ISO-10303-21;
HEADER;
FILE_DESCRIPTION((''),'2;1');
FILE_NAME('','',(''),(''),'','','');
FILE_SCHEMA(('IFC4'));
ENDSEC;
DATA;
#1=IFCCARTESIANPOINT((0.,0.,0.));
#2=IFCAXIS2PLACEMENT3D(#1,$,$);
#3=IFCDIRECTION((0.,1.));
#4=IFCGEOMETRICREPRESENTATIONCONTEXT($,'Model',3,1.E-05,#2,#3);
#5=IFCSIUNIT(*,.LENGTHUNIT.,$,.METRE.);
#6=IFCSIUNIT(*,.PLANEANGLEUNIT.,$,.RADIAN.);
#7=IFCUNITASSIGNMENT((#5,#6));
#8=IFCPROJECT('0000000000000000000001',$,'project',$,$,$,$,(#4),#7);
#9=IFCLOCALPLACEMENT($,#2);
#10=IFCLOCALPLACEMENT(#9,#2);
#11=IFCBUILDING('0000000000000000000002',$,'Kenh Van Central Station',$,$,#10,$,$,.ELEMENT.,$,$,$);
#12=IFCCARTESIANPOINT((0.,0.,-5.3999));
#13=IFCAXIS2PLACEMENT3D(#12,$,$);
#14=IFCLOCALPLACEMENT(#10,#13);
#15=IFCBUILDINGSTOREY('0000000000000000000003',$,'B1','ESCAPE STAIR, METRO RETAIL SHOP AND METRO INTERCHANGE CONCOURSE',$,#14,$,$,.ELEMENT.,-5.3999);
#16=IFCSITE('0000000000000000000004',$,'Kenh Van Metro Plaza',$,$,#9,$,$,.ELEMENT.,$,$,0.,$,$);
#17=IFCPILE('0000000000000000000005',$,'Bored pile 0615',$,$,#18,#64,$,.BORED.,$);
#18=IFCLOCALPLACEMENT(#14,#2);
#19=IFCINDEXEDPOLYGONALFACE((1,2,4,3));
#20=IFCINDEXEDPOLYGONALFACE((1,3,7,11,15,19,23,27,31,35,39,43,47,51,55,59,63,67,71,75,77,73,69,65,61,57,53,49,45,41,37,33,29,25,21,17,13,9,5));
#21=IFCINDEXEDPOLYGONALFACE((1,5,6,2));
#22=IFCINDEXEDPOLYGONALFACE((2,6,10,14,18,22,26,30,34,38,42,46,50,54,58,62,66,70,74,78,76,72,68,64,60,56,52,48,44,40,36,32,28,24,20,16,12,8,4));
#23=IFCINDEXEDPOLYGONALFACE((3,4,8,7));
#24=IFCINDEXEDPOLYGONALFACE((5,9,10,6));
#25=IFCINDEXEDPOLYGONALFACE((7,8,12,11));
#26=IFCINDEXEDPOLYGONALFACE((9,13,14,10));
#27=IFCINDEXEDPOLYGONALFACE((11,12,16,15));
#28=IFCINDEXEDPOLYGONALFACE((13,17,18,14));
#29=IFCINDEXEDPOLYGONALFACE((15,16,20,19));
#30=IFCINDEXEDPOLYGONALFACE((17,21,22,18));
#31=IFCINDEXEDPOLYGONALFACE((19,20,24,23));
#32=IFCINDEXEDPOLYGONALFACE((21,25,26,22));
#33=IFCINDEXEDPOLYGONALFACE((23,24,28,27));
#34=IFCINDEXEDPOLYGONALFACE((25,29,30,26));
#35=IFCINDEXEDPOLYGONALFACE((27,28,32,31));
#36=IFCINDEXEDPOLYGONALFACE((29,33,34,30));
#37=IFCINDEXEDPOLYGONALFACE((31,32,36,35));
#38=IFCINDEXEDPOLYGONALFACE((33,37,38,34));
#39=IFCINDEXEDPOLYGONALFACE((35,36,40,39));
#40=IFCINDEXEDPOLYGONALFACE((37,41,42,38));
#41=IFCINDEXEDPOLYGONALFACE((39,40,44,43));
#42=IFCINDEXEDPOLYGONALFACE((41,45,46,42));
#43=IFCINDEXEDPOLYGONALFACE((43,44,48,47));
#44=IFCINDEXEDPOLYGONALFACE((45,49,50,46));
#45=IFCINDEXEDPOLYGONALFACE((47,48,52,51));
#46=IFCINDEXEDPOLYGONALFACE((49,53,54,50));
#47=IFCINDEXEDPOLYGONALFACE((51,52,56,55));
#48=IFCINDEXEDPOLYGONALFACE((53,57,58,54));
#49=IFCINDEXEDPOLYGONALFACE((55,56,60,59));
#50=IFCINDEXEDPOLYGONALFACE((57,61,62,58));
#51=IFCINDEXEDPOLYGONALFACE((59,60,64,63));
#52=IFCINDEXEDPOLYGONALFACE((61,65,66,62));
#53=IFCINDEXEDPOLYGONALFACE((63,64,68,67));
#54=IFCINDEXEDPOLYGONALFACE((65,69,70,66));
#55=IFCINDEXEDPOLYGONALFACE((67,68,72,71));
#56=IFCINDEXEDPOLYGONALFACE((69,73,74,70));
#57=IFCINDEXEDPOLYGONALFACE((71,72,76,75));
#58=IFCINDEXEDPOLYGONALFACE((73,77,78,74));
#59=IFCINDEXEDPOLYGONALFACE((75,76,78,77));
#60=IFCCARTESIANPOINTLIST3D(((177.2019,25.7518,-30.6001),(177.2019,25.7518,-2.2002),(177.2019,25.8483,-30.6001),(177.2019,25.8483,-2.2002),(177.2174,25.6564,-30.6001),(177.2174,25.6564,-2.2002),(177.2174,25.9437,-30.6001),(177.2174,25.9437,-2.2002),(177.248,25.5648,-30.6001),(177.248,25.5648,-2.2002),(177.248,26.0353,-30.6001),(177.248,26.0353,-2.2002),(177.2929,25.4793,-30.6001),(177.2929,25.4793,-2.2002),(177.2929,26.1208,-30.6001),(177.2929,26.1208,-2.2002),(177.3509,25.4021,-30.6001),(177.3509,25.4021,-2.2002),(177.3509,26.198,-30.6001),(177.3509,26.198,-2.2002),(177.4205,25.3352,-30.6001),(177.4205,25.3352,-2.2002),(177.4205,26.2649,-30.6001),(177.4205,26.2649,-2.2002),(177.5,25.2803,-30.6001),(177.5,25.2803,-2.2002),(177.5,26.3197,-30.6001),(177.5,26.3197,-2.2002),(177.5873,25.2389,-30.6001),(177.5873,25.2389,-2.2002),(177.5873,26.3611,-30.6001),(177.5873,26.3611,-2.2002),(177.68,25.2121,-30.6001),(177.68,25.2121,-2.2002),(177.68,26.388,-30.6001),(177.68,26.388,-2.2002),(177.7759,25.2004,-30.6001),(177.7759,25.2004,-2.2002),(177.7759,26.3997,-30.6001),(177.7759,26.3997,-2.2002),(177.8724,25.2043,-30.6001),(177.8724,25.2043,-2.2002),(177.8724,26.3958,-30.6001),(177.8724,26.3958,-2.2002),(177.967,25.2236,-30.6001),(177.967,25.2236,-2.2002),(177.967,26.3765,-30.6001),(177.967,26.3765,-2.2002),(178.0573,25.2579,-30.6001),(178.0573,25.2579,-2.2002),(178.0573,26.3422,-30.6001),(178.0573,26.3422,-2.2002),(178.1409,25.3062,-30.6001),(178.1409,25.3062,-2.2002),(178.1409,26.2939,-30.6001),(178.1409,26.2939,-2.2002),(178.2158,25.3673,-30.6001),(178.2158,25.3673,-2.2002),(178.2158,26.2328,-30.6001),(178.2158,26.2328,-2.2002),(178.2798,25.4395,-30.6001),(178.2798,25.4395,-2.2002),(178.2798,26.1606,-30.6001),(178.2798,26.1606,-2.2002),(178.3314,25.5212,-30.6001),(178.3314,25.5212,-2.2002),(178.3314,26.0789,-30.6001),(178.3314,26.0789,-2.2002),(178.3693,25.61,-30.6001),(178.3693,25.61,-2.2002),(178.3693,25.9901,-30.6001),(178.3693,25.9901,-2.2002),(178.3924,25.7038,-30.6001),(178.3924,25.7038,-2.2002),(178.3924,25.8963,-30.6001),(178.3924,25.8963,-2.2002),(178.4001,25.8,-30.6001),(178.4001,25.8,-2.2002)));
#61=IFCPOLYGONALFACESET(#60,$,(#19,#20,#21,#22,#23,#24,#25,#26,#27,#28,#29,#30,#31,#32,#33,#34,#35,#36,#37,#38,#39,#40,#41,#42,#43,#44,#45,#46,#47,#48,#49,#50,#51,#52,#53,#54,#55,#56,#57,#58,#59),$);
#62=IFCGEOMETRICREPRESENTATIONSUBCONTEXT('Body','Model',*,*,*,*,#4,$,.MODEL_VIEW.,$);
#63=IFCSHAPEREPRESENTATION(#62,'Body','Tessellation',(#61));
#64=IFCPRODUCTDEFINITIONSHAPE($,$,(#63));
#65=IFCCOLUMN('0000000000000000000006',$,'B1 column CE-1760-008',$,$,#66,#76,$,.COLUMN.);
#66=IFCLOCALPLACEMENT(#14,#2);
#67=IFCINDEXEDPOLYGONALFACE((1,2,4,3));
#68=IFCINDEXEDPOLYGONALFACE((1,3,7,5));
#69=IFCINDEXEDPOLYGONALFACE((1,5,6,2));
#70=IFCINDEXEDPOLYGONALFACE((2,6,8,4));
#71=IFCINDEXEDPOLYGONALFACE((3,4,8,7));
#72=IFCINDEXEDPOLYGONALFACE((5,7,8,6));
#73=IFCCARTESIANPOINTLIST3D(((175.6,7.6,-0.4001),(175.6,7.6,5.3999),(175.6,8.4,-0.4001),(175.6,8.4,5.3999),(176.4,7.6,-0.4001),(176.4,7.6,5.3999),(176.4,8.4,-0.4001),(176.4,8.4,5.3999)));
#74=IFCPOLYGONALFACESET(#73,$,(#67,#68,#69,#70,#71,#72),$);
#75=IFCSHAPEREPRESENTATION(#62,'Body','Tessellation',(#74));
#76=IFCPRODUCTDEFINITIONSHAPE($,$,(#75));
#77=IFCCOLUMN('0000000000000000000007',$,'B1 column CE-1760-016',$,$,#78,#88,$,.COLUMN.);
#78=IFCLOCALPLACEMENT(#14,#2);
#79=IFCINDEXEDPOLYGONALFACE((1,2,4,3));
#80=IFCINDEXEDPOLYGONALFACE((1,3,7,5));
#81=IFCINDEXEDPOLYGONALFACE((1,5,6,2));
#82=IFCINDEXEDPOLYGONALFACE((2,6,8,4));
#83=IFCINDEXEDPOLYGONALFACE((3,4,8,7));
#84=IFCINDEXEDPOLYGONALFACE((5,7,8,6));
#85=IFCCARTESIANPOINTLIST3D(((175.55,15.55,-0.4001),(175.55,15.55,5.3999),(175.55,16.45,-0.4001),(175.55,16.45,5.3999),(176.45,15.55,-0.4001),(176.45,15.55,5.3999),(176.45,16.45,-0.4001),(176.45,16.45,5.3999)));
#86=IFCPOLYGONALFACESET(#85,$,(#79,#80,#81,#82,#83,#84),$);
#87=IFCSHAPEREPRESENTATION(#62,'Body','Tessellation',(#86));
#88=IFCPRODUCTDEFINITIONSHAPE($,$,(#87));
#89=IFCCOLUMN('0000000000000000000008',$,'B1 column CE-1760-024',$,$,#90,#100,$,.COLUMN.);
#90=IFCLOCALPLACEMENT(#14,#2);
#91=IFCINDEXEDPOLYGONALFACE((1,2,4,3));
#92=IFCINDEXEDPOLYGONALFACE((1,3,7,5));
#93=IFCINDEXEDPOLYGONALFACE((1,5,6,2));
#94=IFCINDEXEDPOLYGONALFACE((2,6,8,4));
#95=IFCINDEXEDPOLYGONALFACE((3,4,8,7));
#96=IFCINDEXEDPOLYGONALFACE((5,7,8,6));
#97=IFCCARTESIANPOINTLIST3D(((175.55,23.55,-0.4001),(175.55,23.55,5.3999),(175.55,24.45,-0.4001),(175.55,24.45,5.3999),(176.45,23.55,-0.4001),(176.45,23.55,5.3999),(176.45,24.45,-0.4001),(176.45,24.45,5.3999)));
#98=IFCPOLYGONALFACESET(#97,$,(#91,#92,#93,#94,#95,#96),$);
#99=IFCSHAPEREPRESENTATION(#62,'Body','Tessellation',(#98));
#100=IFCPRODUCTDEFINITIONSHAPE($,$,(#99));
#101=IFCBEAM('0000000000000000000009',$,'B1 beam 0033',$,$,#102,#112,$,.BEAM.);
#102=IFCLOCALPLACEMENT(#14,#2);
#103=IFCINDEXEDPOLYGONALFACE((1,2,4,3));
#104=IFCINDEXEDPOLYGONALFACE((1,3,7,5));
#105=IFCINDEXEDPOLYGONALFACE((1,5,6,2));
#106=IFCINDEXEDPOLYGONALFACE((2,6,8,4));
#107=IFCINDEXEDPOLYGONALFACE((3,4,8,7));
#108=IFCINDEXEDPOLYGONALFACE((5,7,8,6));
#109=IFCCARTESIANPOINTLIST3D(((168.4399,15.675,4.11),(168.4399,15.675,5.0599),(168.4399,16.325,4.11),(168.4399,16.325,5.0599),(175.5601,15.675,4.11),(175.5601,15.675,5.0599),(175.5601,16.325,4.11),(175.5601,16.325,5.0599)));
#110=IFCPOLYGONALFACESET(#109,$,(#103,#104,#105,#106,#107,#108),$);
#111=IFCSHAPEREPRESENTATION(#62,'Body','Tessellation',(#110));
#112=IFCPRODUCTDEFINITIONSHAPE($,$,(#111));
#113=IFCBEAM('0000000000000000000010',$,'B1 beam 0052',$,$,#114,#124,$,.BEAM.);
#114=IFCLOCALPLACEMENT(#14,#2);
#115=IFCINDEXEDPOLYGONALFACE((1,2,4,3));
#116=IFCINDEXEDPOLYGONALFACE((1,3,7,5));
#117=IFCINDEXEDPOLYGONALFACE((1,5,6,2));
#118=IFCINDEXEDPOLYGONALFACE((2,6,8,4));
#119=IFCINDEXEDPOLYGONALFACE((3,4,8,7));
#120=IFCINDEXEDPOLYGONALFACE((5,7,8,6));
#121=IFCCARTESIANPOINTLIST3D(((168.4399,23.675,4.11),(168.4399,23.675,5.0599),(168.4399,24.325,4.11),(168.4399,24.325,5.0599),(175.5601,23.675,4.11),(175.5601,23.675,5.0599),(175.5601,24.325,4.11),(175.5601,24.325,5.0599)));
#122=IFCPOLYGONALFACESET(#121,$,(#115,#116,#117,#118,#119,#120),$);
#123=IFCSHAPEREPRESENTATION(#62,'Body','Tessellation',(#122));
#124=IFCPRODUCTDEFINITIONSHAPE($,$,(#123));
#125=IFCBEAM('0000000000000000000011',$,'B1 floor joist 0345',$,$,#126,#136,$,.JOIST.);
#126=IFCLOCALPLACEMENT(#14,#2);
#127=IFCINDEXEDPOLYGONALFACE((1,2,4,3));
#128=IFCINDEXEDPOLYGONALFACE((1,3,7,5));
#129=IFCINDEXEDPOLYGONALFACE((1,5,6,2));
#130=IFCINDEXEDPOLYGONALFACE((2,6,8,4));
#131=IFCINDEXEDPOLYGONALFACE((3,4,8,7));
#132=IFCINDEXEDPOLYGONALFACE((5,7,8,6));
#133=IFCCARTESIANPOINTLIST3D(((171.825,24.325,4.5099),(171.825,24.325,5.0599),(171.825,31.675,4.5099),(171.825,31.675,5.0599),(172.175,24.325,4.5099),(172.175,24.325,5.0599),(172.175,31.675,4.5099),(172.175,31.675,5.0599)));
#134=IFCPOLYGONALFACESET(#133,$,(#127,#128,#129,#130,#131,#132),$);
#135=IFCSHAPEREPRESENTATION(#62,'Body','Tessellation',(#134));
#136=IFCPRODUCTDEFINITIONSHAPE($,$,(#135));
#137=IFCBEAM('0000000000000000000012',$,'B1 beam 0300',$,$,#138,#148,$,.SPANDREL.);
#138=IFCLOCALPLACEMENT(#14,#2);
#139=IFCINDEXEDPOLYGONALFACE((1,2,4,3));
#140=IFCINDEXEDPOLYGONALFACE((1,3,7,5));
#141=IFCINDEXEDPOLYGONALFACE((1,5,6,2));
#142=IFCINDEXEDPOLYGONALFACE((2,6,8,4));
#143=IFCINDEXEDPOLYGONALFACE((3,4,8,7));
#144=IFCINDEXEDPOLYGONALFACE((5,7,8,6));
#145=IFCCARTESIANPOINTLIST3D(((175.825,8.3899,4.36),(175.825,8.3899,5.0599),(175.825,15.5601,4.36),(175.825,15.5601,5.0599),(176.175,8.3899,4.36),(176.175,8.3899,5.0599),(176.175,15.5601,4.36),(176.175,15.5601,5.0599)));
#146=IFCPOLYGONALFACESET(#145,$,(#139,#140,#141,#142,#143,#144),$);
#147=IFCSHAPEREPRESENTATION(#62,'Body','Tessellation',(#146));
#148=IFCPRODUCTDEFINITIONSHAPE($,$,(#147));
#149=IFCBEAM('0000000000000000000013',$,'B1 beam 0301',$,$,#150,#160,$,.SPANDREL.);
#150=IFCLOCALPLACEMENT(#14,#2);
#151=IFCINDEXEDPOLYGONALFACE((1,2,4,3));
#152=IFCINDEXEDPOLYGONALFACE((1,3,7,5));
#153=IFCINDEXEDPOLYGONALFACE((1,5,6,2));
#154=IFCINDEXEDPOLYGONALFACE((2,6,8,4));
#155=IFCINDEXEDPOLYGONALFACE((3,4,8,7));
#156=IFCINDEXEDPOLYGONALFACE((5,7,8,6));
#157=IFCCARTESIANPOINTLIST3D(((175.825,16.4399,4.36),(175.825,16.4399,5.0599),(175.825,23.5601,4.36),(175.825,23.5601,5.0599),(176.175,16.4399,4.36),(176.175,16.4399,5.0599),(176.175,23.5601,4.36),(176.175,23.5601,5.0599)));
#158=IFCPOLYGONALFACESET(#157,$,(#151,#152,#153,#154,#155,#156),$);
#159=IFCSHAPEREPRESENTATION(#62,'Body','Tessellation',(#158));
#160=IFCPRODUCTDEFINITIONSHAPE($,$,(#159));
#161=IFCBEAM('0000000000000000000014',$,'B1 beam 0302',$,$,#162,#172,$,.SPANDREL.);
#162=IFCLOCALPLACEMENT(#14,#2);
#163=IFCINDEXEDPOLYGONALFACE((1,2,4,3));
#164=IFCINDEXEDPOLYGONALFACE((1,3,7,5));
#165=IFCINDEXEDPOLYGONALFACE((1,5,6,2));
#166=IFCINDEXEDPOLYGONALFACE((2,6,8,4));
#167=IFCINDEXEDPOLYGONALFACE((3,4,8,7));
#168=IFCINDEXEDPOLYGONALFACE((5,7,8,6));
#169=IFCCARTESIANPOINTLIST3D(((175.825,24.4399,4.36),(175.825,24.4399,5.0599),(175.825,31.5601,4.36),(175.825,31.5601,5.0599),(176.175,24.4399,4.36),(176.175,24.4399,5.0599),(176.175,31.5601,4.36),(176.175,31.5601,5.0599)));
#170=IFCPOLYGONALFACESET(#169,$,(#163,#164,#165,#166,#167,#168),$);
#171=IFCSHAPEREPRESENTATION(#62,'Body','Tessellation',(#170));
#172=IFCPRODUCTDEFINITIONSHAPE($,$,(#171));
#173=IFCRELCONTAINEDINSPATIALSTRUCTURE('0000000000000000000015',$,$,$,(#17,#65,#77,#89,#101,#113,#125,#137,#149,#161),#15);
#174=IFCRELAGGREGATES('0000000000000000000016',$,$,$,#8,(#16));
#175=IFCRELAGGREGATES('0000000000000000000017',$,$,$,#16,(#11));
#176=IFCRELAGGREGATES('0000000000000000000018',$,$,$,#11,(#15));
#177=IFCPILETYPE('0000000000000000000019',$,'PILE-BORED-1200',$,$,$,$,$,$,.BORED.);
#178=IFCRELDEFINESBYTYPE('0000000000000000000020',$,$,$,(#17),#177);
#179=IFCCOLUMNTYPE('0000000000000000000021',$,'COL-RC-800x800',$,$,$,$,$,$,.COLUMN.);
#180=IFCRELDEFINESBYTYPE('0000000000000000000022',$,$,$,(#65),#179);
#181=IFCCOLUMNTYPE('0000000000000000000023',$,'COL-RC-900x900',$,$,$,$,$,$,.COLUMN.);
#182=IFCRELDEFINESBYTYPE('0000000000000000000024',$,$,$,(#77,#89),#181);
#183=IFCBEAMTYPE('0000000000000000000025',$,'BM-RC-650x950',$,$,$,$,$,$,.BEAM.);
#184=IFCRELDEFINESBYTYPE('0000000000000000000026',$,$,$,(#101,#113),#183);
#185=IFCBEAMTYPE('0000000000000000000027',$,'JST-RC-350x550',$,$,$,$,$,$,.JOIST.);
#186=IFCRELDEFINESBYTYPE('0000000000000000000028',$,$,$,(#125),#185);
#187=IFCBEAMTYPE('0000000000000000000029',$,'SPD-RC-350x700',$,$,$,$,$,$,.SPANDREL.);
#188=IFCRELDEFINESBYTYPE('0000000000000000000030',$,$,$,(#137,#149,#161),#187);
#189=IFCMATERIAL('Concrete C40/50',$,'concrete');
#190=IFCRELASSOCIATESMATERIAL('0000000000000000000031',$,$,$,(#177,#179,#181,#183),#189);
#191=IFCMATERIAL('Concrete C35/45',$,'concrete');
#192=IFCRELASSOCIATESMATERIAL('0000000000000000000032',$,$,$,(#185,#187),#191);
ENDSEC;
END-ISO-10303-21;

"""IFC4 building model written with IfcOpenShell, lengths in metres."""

from ifc_helpers import new_model, si_unit, direction, frame, origin, origin_2d, place, context, subcontext, project, spatial, rectangle, circle, extrude, material, material_profile, profile_set, type_object, element, save


model = new_model("IFC4")

# Units and contexts
model_context = context("Model", 3, precision=1e-05, world=origin(), true_north=direction((0.0, 1.0)))
body_context = subcontext(model_context, "Body", "Model", "MODEL_VIEW")
ifc_project = project(units=[si_unit("LENGTHUNIT", "METRE"), si_unit("PLANEANGLEUNIT", "RADIAN")], contexts=[model_context])

# Site, building, storey
site_placement = place(None, origin())
site = spatial("IfcSite", under=ifc_project, at=site_placement, Name="Kenh Van Metro Plaza", CompositionType="ELEMENT", RefElevation=0.0)
building_placement = place(site_placement, origin())
building = spatial("IfcBuilding", under=site, at=building_placement, Name="Kenh Van Central Station", CompositionType="ELEMENT")
storey_placement = place(building_placement, frame((0.0, 0.0, -5.3999)))
storey = spatial("IfcBuildingStorey", under=building, at=storey_placement, Name="B1", Description="ESCAPE STAIR, METRO RETAIL SHOP AND METRO INTERCHANGE CONCOURSE", CompositionType="ELEMENT", Elevation=-5.3999)

# Shared definitions
ifc_material_1 = material(Name="Concrete C40/50", Category="concrete")

# Pile
ifc_material_profile_1 = material_profile(ifc_material_1, circle(Radius=0.6001, at=origin_2d()), Name="PILE D1200")
ifc_profile_set_1 = profile_set([ifc_material_profile_1], Name="Concrete C40/50")
pile_type_1 = type_object("IfcPileType", Name="PILE-BORED-1200", PredefinedType="BORED", material=ifc_profile_set_1)
for number, where, z_axis, x_axis, name in (
    (1, (177.8, 25.8, -2.2002), (0.0, 0.0, -1.0), (1.0, 0.0, 0.0), "Bored pile 0615"),
):
    element("IfcPile", number, at=place(storey_placement, frame(where, z_axis=z_axis, x_axis=x_axis)), inside=storey, type_object=pile_type_1, Name=name, PredefinedType="BORED", context=body_context, shape_type="SweptSolid", body=[
        extrude(circle(Radius=0.6001, at=origin_2d()), origin(), (0.0, 0.0, 1.0), 28.3999),
    ])

# Columns
ifc_material_profile_2 = material_profile(ifc_material_1, rectangle(XDim=0.8, YDim=0.8, at=origin_2d()), Name="RC 800x800")
ifc_profile_set_2 = profile_set([ifc_material_profile_2], Name="Concrete C40/50")
column_type_1 = type_object("IfcColumnType", Name="COL-RC-800x800", PredefinedType="COLUMN", material=ifc_profile_set_2)
column_placement = place(storey_placement, frame((176.0, 8.0, -0.4001), z_axis=(0.0, 0.0, 1.0), x_axis=(1.0, 0.0, 0.0)))
element("IfcColumn", 2, at=column_placement, inside=storey, type_object=column_type_1, Name="B1 column CE-1760-008", PredefinedType="COLUMN", context=body_context, shape_type="SweptSolid", body=[
    extrude(rectangle(XDim=0.8, YDim=0.8, at=origin_2d()), origin(), (0.0, 0.0, 1.0), 5.8),
])
ifc_material_profile_3 = material_profile(ifc_material_1, rectangle(XDim=0.8999, YDim=0.8999, at=origin_2d()), Name="RC 900x900")
ifc_profile_set_3 = profile_set([ifc_material_profile_3], Name="Concrete C40/50")
column_type_2 = type_object("IfcColumnType", Name="COL-RC-900x900", PredefinedType="COLUMN", material=ifc_profile_set_3)
for number, where, z_axis, x_axis, name in (
    (3, (176.0, 16.0, -0.4001), (0.0, 0.0, 1.0), (1.0, 0.0, 0.0), "B1 column CE-1760-016"),
    (4, (176.0, 24.0, -0.4001), (0.0, 0.0, 1.0), (1.0, 0.0, 0.0), "B1 column CE-1760-024"),
):
    element("IfcColumn", number, at=place(storey_placement, frame(where, z_axis=z_axis, x_axis=x_axis)), inside=storey, type_object=column_type_2, Name=name, PredefinedType="COLUMN", context=body_context, shape_type="SweptSolid", body=[
        extrude(rectangle(XDim=0.8999, YDim=0.8999, at=origin_2d()), origin(), (0.0, 0.0, 1.0), 5.8),
    ])

# Beams
ifc_material_profile_4 = material_profile(ifc_material_1, rectangle(XDim=0.6499, YDim=0.95, at=origin_2d()), Name="RC 650x950")
ifc_profile_set_4 = profile_set([ifc_material_profile_4], Name="Concrete C40/50")
beam_type_1 = type_object("IfcBeamType", Name="BM-RC-650x950", PredefinedType="BEAM", material=ifc_profile_set_4)
for number, where, z_axis, x_axis, name in (
    (5, (168.4399, 16.0, 4.585), (1.0, 0.0, 0.0), (0.0, 1.0, 0.0), "B1 beam 0033"),
    (6, (168.4399, 24.0, 4.585), (1.0, 0.0, 0.0), (0.0, 1.0, 0.0), "B1 beam 0052"),
):
    element("IfcBeam", number, at=place(storey_placement, frame(where, z_axis=z_axis, x_axis=x_axis)), inside=storey, type_object=beam_type_1, Name=name, PredefinedType="BEAM", context=body_context, shape_type="SweptSolid", body=[
        extrude(rectangle(XDim=0.6499, YDim=0.95, at=origin_2d()), origin(), (0.0, 0.0, 1.0), 7.1201),
    ])
ifc_material_2 = material(Name="Concrete C35/45", Category="concrete")
ifc_material_profile_5 = material_profile(ifc_material_2, rectangle(XDim=0.3501, YDim=0.55, at=origin_2d()), Name="RC 350x550")
ifc_profile_set_5 = profile_set([ifc_material_profile_5], Name="Concrete C35/45")
beam_type_2 = type_object("IfcBeamType", Name="JST-RC-350x550", PredefinedType="JOIST", material=ifc_profile_set_5)
beam_1_placement = place(storey_placement, frame((172.0, 24.325, 4.7849), z_axis=(0.0, 1.0, 0.0), x_axis=(-1.0, 0.0, 0.0)))
element("IfcBeam", 7, at=beam_1_placement, inside=storey, type_object=beam_type_2, Name="B1 floor joist 0345", PredefinedType="JOIST", context=body_context, shape_type="SweptSolid", body=[
    extrude(rectangle(XDim=0.3501, YDim=0.55, at=origin_2d()), origin(), (0.0, 0.0, 1.0), 7.3501),
])
ifc_material_profile_6 = material_profile(ifc_material_2, rectangle(XDim=0.3501, YDim=0.7, at=origin_2d()), Name="RC 350x700")
ifc_profile_set_6 = profile_set([ifc_material_profile_6], Name="Concrete C35/45")
beam_type_3 = type_object("IfcBeamType", Name="SPD-RC-350x700", PredefinedType="SPANDREL", material=ifc_profile_set_6)
beam_2_placement = place(storey_placement, frame((176.0, 8.3899, 4.71), z_axis=(0.0, 1.0, 0.0), x_axis=(-1.0, 0.0, 0.0)))
element("IfcBeam", 8, at=beam_2_placement, inside=storey, type_object=beam_type_3, Name="B1 beam 0300", PredefinedType="SPANDREL", context=body_context, shape_type="SweptSolid", body=[
    extrude(rectangle(XDim=0.3501, YDim=0.7, at=origin_2d()), origin(), (0.0, 0.0, 1.0), 7.1702),
])
for number, where, z_axis, x_axis, name in (
    (9, (176.0, 16.4399, 4.71), (0.0, 1.0, 0.0), (-1.0, 0.0, 0.0), "B1 beam 0301"),
    (10, (176.0, 24.4399, 4.71), (0.0, 1.0, 0.0), (-1.0, 0.0, 0.0), "B1 beam 0302"),
):
    element("IfcBeam", number, at=place(storey_placement, frame(where, z_axis=z_axis, x_axis=x_axis)), inside=storey, type_object=beam_type_3, Name=name, PredefinedType="SPANDREL", context=body_context, shape_type="SweptSolid", body=[
        extrude(rectangle(XDim=0.3501, YDim=0.7, at=origin_2d()), origin(), (0.0, 0.0, 1.0), 7.1201),
    ])

save(model, "model.ifc")
